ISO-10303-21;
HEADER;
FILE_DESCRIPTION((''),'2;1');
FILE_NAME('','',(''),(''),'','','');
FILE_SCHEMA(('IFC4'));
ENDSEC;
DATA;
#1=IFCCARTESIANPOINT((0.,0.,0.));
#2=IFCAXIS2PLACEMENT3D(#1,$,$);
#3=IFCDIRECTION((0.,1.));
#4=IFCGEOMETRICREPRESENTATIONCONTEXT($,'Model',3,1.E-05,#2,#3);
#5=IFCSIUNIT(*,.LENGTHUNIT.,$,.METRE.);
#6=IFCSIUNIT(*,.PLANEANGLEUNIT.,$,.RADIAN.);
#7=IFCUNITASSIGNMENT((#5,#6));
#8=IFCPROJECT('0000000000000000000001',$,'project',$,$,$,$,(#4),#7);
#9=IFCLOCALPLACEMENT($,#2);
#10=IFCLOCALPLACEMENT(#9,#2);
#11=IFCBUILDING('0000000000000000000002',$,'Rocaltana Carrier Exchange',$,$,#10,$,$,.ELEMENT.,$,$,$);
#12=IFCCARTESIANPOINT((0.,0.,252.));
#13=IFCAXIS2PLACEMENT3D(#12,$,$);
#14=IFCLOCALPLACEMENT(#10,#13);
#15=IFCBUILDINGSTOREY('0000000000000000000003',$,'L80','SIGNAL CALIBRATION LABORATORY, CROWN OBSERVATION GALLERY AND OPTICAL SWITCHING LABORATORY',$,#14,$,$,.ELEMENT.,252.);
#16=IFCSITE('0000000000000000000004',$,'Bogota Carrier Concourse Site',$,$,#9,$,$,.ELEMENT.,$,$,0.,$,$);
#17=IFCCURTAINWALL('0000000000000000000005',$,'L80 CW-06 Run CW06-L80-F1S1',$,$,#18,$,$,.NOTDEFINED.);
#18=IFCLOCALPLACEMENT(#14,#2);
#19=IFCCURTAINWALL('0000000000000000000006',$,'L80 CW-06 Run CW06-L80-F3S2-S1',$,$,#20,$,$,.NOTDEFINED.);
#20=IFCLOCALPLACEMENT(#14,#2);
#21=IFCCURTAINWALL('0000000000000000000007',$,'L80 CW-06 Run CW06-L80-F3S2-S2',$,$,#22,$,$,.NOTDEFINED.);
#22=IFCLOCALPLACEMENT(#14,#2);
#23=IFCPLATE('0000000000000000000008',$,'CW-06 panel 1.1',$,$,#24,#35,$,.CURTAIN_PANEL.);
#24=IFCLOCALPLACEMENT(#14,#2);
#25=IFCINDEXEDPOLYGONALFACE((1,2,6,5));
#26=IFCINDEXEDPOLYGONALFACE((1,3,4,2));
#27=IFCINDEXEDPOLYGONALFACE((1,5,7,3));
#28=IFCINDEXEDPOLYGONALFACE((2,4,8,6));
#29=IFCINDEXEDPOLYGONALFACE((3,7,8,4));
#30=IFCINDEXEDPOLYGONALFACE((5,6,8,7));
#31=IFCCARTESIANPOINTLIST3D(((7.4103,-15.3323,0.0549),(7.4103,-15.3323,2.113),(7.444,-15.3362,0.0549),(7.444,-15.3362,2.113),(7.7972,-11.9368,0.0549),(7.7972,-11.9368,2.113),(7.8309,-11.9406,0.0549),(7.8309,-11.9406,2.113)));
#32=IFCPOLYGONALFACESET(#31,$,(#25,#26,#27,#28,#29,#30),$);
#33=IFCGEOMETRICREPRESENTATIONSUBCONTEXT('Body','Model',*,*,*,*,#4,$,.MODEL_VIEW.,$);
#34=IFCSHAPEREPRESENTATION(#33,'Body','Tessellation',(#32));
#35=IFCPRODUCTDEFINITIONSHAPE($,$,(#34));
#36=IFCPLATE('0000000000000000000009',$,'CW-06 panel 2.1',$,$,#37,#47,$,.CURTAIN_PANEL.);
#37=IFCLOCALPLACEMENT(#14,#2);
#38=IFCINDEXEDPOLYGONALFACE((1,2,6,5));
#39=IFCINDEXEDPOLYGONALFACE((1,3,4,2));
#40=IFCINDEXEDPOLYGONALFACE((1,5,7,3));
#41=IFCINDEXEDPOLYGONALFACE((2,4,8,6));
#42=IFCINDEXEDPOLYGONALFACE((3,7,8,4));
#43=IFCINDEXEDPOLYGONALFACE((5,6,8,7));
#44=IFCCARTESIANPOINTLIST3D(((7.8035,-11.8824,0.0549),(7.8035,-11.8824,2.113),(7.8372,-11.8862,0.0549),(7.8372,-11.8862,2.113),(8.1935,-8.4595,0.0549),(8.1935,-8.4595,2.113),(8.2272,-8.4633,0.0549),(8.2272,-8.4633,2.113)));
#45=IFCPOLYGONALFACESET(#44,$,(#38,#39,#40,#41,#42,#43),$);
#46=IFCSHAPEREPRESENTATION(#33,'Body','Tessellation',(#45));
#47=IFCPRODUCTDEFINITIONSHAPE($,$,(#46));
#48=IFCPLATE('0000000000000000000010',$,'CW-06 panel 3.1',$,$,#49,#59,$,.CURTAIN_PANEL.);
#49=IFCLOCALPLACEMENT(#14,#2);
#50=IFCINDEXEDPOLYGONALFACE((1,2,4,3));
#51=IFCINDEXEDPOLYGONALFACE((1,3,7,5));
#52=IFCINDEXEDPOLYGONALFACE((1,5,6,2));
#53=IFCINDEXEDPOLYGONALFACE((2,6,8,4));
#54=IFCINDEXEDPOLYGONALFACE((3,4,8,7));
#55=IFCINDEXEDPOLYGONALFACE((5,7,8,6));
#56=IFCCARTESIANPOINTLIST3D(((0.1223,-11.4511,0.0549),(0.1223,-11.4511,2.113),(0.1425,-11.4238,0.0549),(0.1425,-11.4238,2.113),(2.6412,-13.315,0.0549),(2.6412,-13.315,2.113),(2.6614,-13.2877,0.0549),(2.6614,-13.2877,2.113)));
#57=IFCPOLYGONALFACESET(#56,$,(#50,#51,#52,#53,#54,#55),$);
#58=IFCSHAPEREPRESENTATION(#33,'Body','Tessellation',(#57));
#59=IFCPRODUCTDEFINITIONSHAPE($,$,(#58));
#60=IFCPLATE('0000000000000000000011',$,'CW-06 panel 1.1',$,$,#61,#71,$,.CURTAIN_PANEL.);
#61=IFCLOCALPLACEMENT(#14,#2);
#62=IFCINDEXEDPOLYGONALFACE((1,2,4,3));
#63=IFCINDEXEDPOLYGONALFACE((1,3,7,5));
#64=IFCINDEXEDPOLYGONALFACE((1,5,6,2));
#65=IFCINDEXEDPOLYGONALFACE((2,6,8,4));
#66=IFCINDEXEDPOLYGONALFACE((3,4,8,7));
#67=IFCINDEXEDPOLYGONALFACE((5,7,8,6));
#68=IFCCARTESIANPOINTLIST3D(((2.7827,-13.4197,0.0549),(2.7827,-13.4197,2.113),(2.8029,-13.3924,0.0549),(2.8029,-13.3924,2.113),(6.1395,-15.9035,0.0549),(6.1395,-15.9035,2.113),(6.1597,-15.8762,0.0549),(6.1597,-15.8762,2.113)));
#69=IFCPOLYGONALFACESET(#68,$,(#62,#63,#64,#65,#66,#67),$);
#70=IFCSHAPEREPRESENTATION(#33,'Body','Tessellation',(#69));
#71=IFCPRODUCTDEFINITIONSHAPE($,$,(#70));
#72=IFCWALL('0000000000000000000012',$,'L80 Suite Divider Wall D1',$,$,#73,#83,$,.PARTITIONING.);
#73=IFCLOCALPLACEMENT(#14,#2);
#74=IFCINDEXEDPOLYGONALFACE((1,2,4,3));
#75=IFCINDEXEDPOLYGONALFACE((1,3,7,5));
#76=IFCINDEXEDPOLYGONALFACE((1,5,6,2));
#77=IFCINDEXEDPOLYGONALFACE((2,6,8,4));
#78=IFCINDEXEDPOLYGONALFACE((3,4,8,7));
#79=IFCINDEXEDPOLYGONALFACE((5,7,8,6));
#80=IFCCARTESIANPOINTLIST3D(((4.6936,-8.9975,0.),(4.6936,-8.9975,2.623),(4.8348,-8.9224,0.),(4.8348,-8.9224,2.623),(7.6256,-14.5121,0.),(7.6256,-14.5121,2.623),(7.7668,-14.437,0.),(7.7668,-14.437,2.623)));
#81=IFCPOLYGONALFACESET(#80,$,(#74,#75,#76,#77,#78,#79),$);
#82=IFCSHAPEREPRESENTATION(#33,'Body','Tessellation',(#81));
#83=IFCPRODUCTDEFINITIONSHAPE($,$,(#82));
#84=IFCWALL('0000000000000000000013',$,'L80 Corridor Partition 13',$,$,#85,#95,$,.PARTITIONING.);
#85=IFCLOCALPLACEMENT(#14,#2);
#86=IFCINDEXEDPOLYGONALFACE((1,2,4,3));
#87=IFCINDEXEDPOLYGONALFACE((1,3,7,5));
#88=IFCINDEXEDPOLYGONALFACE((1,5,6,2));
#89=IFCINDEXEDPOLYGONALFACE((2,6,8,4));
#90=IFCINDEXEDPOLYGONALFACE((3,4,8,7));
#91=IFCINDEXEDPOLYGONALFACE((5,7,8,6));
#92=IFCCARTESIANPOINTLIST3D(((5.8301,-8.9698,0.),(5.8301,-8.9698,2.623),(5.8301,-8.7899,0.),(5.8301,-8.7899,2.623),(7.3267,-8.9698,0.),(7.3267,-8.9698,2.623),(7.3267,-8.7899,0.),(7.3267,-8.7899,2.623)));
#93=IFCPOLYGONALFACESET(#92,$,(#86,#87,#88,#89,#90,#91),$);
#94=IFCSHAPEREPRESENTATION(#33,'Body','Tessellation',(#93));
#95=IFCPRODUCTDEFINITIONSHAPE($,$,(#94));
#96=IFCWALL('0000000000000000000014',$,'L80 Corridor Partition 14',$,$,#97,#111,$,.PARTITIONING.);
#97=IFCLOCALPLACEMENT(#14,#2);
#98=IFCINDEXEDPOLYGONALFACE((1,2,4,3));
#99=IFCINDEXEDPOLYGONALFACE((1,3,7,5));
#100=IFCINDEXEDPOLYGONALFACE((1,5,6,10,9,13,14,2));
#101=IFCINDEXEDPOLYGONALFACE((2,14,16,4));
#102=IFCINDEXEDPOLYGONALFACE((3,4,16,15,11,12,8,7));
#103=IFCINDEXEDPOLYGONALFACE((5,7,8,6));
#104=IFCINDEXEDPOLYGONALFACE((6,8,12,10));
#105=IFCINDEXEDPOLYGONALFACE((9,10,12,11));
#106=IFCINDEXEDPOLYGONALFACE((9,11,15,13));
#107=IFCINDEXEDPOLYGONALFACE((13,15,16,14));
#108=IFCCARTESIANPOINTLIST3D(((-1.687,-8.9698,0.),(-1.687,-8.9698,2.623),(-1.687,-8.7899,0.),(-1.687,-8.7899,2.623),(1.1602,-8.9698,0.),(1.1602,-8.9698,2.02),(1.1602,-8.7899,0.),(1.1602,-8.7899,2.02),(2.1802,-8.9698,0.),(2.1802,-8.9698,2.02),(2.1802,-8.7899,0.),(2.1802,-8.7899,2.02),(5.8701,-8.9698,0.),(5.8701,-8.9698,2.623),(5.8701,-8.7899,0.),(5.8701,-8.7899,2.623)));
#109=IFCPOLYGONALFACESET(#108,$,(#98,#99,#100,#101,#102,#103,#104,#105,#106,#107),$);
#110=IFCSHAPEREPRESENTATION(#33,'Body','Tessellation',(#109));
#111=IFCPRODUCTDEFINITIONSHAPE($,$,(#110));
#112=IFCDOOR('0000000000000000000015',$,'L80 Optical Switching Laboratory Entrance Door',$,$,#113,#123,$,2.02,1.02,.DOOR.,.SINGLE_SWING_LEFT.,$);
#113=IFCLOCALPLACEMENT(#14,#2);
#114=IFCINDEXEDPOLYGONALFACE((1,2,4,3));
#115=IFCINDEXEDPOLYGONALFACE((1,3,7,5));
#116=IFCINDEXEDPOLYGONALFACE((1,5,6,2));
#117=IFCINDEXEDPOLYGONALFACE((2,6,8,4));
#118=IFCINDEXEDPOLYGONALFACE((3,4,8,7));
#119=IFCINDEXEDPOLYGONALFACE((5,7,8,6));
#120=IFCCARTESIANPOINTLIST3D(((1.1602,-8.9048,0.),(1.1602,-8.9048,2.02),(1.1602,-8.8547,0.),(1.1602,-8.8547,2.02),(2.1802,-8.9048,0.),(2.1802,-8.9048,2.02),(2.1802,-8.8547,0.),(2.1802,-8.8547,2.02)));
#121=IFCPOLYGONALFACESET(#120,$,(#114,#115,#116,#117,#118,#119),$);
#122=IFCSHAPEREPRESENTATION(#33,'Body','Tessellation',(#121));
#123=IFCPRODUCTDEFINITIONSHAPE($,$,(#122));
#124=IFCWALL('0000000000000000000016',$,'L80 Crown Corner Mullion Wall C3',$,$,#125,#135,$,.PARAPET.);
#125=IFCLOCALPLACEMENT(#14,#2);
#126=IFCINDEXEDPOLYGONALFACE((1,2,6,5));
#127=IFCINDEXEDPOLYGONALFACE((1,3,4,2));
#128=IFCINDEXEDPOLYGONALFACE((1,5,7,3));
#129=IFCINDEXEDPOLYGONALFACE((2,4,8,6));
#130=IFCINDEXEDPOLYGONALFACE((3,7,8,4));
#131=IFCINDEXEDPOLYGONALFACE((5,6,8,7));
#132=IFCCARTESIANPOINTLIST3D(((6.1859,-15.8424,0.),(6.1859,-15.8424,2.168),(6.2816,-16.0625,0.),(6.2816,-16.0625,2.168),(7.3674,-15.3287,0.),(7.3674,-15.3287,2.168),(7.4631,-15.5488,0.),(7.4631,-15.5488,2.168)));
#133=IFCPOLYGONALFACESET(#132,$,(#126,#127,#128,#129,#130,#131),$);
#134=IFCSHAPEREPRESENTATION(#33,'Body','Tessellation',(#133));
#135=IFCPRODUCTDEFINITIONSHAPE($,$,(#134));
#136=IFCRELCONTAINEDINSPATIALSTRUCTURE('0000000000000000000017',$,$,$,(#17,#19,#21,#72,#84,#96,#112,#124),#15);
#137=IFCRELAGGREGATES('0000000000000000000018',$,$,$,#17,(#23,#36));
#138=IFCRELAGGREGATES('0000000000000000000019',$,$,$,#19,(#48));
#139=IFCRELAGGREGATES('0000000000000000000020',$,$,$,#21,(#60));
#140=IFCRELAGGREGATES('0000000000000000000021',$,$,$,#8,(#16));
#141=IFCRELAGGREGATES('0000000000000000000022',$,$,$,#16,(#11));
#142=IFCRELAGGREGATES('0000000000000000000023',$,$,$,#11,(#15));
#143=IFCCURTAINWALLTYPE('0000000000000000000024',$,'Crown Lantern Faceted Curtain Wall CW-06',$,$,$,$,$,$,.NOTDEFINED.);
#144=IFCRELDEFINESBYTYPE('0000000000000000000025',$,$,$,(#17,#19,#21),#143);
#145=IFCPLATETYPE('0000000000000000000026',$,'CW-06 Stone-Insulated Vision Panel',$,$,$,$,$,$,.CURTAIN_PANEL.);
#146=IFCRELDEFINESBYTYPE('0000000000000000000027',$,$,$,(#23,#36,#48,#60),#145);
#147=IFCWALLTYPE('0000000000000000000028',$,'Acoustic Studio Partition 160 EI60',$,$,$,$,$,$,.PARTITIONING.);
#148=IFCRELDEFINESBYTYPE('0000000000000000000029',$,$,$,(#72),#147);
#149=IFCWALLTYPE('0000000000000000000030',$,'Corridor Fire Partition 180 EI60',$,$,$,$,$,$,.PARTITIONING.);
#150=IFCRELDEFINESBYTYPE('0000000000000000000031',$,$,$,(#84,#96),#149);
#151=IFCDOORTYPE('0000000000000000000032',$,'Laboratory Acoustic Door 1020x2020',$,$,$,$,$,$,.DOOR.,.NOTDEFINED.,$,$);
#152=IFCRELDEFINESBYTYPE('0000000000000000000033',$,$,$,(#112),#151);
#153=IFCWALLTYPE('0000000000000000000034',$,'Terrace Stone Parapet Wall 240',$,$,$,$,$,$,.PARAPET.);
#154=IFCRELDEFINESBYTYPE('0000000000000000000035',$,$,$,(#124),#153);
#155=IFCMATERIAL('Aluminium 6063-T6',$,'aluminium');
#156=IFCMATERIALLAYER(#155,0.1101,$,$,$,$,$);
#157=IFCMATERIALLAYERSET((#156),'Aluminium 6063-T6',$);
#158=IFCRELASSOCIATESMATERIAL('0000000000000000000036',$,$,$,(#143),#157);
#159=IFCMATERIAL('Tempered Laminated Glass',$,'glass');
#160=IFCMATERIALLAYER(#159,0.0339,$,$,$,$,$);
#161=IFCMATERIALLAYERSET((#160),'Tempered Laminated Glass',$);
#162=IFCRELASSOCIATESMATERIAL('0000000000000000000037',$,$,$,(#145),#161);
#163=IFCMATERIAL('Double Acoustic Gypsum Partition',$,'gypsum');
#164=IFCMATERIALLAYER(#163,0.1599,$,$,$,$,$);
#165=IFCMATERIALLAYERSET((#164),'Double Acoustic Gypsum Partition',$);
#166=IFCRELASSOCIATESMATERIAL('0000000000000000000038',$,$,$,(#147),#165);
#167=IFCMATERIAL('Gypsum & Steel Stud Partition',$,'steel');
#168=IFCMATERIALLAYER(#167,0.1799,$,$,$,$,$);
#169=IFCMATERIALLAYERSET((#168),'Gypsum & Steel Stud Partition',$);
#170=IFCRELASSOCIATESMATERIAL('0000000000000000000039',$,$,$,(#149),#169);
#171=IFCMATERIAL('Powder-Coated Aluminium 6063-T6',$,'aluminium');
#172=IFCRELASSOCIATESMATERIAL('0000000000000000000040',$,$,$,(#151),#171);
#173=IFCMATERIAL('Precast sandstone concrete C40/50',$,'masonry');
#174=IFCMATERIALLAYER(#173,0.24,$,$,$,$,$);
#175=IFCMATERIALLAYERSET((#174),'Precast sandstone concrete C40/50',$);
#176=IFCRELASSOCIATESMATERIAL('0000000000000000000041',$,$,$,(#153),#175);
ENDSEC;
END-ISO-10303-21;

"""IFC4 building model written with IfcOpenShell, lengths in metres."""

from ifc_helpers import new_model, si_unit, direction, frame, frame_2d, origin, origin_2d, place, context, subcontext, project, spatial, rectangle, extrude, material, layer, layer_set, type_object, element, fill, aggregate, save


model = new_model("IFC4")

# Units and contexts
model_context = context("Model", 3, precision=1e-05, world=origin(), true_north=direction((0.0, 1.0)))
body_context = subcontext(model_context, "Body", "Model", "MODEL_VIEW")
ifc_project = project(units=[si_unit("LENGTHUNIT", "METRE"), si_unit("PLANEANGLEUNIT", "RADIAN")], contexts=[model_context])

# Site, building, storey
site_placement = place(None, origin())
site = spatial("IfcSite", under=ifc_project, at=site_placement, Name="Bogota Carrier Concourse Site", CompositionType="ELEMENT", RefElevation=0.0)
building_placement = place(site_placement, origin())
building = spatial("IfcBuilding", under=site, at=building_placement, Name="Rocaltana Carrier Exchange", CompositionType="ELEMENT")
storey_placement = place(building_placement, frame((0.0, 0.0, 252.0)))
storey = spatial("IfcBuildingStorey", under=building, at=storey_placement, Name="L80", Description="SIGNAL CALIBRATION LABORATORY, CROWN OBSERVATION GALLERY AND OPTICAL SWITCHING LABORATORY", CompositionType="ELEMENT", Elevation=252.0)

# Curtain wall
ifc_material_1 = material(Name="Aluminium 6063-T6", Category="aluminium")
ifc_layer_1 = layer(ifc_material_1, 0.1101)
ifc_layer_set_1 = layer_set([ifc_layer_1], Name="Aluminium 6063-T6")
curtain_wall_type = type_object("IfcCurtainWallType", Name="Crown Lantern Faceted Curtain Wall CW-06", PredefinedType="NOTDEFINED", material=ifc_layer_set_1)
curtain_wall_1_placement = place(storey_placement, origin())
curtain_wall_1 = element("IfcCurtainWall", 1, at=curtain_wall_1_placement, inside=storey, type_object=curtain_wall_type, Name="L80 CW-06 Run CW06-L80-F1S1", PredefinedType="NOTDEFINED")

# Curtain wall
curtain_wall_2_placement = place(storey_placement, origin())
curtain_wall_2 = element("IfcCurtainWall", 2, at=curtain_wall_2_placement, inside=storey, type_object=curtain_wall_type, Name="L80 CW-06 Run CW06-L80-F3S2-S1", PredefinedType="NOTDEFINED")

# Curtain wall
curtain_wall_3_placement = place(storey_placement, origin())
curtain_wall_3 = element("IfcCurtainWall", 3, at=curtain_wall_3_placement, inside=storey, type_object=curtain_wall_type, Name="L80 CW-06 Run CW06-L80-F3S2-S2", PredefinedType="NOTDEFINED")

# Plates
ifc_material_2 = material(Name="Tempered Laminated Glass", Category="glass")
ifc_layer_2 = layer(ifc_material_2, 0.0339)
ifc_layer_set_2 = layer_set([ifc_layer_2], Name="Tempered Laminated Glass")
plate_type = type_object("IfcPlateType", Name="CW-06 Stone-Insulated Vision Panel", PredefinedType="CURTAIN_PANEL", material=ifc_layer_set_2)
plate_1_placement = place(storey_placement, frame((7.6206, -13.6365, 0.0549), z_axis=(0.0, 0.0, 1.0), x_axis=(0.1132, 0.993572, 0.0)))
plate_1 = element("IfcPlate", 4, at=plate_1_placement, type_object=plate_type, Name="CW-06 panel 1.1", PredefinedType="CURTAIN_PANEL", context=body_context, shape_type="SweptSolid", body=[
    extrude(rectangle(XDim=3.4175, YDim=0.0339, at=origin_2d()), origin(), (0.0, 0.0, 1.0), 2.0581),
])
plate_2_placement = place(storey_placement, frame((8.0154, -10.1729, 0.0549), z_axis=(0.0, 0.0, 1.0), x_axis=(0.1132, 0.993572, 0.0)))
plate_2 = element("IfcPlate", 5, at=plate_2_placement, type_object=plate_type, Name="CW-06 panel 2.1", PredefinedType="CURTAIN_PANEL", context=body_context, shape_type="SweptSolid", body=[
    extrude(rectangle(XDim=3.4451, YDim=0.0339, at=origin_2d()), origin(), (0.0, 0.0, 1.0), 2.0581),
])
aggregate(curtain_wall_1, [plate_1, plate_2])
plate_3_placement = place(storey_placement, frame((1.3918, -12.3694, 0.0549), z_axis=(0.0, 0.0, 1.0), x_axis=(0.803855, -0.594825, 0.0)))
plate_3 = element("IfcPlate", 6, at=plate_3_placement, type_object=plate_type, Name="CW-06 panel 3.1", PredefinedType="CURTAIN_PANEL", context=body_context, shape_type="SweptSolid", body=[
    extrude(rectangle(XDim=3.1335, YDim=0.0339, at=origin_2d()), origin(), (0.0, 0.0, 1.0), 2.0581),
])
aggregate(curtain_wall_2, [plate_3])
plate_4_placement = place(storey_placement, frame((4.4712, -14.6479, 0.0549), z_axis=(0.0, 0.0, 1.0), x_axis=(0.803861, -0.594817, 0.0)))
plate_4 = element("IfcPlate", 7, at=plate_4_placement, type_object=plate_type, Name="CW-06 panel 1.1", PredefinedType="CURTAIN_PANEL", context=body_context, shape_type="SweptSolid", body=[
    extrude(rectangle(XDim=4.1758, YDim=0.0339, at=origin_2d()), origin(), (0.0, 0.0, 1.0), 2.0581),
])
aggregate(curtain_wall_3, [plate_4])

# Walls
ifc_material_3 = material(Name="Double Acoustic Gypsum Partition", Category="gypsum")
ifc_layer_3 = layer(ifc_material_3, 0.1599)
ifc_layer_set_3 = layer_set([ifc_layer_3], Name="Double Acoustic Gypsum Partition")
wall_type_1 = type_object("IfcWallType", Name="Acoustic Studio Partition 160 EI60", PredefinedType="PARTITIONING", material=ifc_layer_set_3)
wall_1_placement = place(storey_placement, frame((4.7642, -8.96, 0.0), z_axis=(0.0, 0.0, 1.0), x_axis=(0.469464, -0.882952, 0.0)))
element("IfcWall", 8, at=wall_1_placement, inside=storey, type_object=wall_type_1, Name="L80 Suite Divider Wall D1", PredefinedType="PARTITIONING", context=body_context, shape_type="SweptSolid", body=[
    extrude(rectangle(XDim=6.2456, YDim=0.1599, at=frame_2d((3.1228, 0.0))), origin(), (0.0, 0.0, 1.0), 2.623),
])
ifc_material_4 = material(Name="Gypsum & Steel Stud Partition", Category="steel")
ifc_layer_4 = layer(ifc_material_4, 0.1799)
ifc_layer_set_4 = layer_set([ifc_layer_4], Name="Gypsum & Steel Stud Partition")
wall_type_2 = type_object("IfcWallType", Name="Corridor Fire Partition 180 EI60", PredefinedType="PARTITIONING", material=ifc_layer_set_4)
wall_2_placement = place(storey_placement, frame((7.3267, -8.8799, 0.0), z_axis=(0.0, 0.0, 1.0), x_axis=(-1.0, 0.0, 0.0)))
element("IfcWall", 9, at=wall_2_placement, inside=storey, type_object=wall_type_2, Name="L80 Corridor Partition 13", PredefinedType="PARTITIONING", context=body_context, shape_type="SweptSolid", body=[
    extrude(rectangle(XDim=1.4966, YDim=0.1799, at=frame_2d((0.7483, 0.0))), origin(), (0.0, 0.0, 1.0), 2.623),
])

# Wall, opening, door
wall_3_placement = place(storey_placement, frame((5.8701, -8.8799, 0.0), z_axis=(0.0, 0.0, 1.0), x_axis=(-1.0, 0.0, 0.0)))
wall_3 = element("IfcWall", 10, at=wall_3_placement, inside=storey, type_object=wall_type_2, Name="L80 Corridor Partition 14", PredefinedType="PARTITIONING", context=body_context, shape_type="SweptSolid", body=[
    extrude(rectangle(XDim=7.5571, YDim=0.1799, at=frame_2d((3.7786, 0.0))), origin(), (0.0, 0.0, 1.0), 2.623),
])
opening_placement = place(wall_3_placement, frame((3.6899, 0.0, 0.0)))
opening = element("IfcOpeningElement", 11, at=opening_placement, cuts=wall_3, PredefinedType="OPENING", context=body_context, shape_type="SweptSolid", body=[
    extrude(rectangle(XDim=1.02, YDim=2.02, at=frame_2d((0.51, 1.01))), frame((0.0, 0.0999, 0.0), z_axis=(0.0, -1.0, 0.0), x_axis=(1.0, 0.0, 0.0)), (0.0, 0.0, 1.0), 0.2),
])
ifc_material_5 = material(Name="Powder-Coated Aluminium 6063-T6", Category="aluminium")
door_type = type_object("IfcDoorType", Name="Laboratory Acoustic Door 1020x2020", OperationType="NOTDEFINED", PredefinedType="DOOR", material=ifc_material_5)
door_placement = place(opening_placement, origin())
door = element("IfcDoor", 12, at=door_placement, inside=storey, type_object=door_type, Name="L80 Optical Switching Laboratory Entrance Door", OperationType="SINGLE_SWING_LEFT", OverallHeight=2.02, OverallWidth=1.02, PredefinedType="DOOR", context=body_context, shape_type="SweptSolid", body=[
    extrude(rectangle(XDim=1.02, YDim=2.02, at=frame_2d((0.51, 1.01))), frame((0.0, 0.0249, 0.0), z_axis=(0.0, -1.0, 0.0), x_axis=(1.0, 0.0, 0.0)), (0.0, 0.0, 1.0), 0.05),
])
fill(opening, door)

# Wall
ifc_material_6 = material(Name="Precast sandstone concrete C40/50", Category="masonry")
ifc_layer_5 = layer(ifc_material_6, 0.24)
ifc_layer_set_5 = layer_set([ifc_layer_5], Name="Precast sandstone concrete C40/50")
wall_type_3 = type_object("IfcWallType", Name="Terrace Stone Parapet Wall 240", PredefinedType="PARAPET", material=ifc_layer_set_5)
wall_4_placement = place(storey_placement, frame((6.2339, -15.9524, 0.0), z_axis=(0.0, 0.0, 1.0), x_axis=(0.917064, 0.39874, 0.0)))
element("IfcWall", 13, at=wall_4_placement, inside=storey, type_object=wall_type_3, Name="L80 Crown Corner Mullion Wall C3", PredefinedType="PARAPET", context=body_context, shape_type="SweptSolid", body=[
    extrude(rectangle(XDim=1.2883, YDim=0.24, at=frame_2d((0.644, 0.0))), origin(), (0.0, 0.0, 1.0), 2.168),
])

save(model, "model.ifc")
